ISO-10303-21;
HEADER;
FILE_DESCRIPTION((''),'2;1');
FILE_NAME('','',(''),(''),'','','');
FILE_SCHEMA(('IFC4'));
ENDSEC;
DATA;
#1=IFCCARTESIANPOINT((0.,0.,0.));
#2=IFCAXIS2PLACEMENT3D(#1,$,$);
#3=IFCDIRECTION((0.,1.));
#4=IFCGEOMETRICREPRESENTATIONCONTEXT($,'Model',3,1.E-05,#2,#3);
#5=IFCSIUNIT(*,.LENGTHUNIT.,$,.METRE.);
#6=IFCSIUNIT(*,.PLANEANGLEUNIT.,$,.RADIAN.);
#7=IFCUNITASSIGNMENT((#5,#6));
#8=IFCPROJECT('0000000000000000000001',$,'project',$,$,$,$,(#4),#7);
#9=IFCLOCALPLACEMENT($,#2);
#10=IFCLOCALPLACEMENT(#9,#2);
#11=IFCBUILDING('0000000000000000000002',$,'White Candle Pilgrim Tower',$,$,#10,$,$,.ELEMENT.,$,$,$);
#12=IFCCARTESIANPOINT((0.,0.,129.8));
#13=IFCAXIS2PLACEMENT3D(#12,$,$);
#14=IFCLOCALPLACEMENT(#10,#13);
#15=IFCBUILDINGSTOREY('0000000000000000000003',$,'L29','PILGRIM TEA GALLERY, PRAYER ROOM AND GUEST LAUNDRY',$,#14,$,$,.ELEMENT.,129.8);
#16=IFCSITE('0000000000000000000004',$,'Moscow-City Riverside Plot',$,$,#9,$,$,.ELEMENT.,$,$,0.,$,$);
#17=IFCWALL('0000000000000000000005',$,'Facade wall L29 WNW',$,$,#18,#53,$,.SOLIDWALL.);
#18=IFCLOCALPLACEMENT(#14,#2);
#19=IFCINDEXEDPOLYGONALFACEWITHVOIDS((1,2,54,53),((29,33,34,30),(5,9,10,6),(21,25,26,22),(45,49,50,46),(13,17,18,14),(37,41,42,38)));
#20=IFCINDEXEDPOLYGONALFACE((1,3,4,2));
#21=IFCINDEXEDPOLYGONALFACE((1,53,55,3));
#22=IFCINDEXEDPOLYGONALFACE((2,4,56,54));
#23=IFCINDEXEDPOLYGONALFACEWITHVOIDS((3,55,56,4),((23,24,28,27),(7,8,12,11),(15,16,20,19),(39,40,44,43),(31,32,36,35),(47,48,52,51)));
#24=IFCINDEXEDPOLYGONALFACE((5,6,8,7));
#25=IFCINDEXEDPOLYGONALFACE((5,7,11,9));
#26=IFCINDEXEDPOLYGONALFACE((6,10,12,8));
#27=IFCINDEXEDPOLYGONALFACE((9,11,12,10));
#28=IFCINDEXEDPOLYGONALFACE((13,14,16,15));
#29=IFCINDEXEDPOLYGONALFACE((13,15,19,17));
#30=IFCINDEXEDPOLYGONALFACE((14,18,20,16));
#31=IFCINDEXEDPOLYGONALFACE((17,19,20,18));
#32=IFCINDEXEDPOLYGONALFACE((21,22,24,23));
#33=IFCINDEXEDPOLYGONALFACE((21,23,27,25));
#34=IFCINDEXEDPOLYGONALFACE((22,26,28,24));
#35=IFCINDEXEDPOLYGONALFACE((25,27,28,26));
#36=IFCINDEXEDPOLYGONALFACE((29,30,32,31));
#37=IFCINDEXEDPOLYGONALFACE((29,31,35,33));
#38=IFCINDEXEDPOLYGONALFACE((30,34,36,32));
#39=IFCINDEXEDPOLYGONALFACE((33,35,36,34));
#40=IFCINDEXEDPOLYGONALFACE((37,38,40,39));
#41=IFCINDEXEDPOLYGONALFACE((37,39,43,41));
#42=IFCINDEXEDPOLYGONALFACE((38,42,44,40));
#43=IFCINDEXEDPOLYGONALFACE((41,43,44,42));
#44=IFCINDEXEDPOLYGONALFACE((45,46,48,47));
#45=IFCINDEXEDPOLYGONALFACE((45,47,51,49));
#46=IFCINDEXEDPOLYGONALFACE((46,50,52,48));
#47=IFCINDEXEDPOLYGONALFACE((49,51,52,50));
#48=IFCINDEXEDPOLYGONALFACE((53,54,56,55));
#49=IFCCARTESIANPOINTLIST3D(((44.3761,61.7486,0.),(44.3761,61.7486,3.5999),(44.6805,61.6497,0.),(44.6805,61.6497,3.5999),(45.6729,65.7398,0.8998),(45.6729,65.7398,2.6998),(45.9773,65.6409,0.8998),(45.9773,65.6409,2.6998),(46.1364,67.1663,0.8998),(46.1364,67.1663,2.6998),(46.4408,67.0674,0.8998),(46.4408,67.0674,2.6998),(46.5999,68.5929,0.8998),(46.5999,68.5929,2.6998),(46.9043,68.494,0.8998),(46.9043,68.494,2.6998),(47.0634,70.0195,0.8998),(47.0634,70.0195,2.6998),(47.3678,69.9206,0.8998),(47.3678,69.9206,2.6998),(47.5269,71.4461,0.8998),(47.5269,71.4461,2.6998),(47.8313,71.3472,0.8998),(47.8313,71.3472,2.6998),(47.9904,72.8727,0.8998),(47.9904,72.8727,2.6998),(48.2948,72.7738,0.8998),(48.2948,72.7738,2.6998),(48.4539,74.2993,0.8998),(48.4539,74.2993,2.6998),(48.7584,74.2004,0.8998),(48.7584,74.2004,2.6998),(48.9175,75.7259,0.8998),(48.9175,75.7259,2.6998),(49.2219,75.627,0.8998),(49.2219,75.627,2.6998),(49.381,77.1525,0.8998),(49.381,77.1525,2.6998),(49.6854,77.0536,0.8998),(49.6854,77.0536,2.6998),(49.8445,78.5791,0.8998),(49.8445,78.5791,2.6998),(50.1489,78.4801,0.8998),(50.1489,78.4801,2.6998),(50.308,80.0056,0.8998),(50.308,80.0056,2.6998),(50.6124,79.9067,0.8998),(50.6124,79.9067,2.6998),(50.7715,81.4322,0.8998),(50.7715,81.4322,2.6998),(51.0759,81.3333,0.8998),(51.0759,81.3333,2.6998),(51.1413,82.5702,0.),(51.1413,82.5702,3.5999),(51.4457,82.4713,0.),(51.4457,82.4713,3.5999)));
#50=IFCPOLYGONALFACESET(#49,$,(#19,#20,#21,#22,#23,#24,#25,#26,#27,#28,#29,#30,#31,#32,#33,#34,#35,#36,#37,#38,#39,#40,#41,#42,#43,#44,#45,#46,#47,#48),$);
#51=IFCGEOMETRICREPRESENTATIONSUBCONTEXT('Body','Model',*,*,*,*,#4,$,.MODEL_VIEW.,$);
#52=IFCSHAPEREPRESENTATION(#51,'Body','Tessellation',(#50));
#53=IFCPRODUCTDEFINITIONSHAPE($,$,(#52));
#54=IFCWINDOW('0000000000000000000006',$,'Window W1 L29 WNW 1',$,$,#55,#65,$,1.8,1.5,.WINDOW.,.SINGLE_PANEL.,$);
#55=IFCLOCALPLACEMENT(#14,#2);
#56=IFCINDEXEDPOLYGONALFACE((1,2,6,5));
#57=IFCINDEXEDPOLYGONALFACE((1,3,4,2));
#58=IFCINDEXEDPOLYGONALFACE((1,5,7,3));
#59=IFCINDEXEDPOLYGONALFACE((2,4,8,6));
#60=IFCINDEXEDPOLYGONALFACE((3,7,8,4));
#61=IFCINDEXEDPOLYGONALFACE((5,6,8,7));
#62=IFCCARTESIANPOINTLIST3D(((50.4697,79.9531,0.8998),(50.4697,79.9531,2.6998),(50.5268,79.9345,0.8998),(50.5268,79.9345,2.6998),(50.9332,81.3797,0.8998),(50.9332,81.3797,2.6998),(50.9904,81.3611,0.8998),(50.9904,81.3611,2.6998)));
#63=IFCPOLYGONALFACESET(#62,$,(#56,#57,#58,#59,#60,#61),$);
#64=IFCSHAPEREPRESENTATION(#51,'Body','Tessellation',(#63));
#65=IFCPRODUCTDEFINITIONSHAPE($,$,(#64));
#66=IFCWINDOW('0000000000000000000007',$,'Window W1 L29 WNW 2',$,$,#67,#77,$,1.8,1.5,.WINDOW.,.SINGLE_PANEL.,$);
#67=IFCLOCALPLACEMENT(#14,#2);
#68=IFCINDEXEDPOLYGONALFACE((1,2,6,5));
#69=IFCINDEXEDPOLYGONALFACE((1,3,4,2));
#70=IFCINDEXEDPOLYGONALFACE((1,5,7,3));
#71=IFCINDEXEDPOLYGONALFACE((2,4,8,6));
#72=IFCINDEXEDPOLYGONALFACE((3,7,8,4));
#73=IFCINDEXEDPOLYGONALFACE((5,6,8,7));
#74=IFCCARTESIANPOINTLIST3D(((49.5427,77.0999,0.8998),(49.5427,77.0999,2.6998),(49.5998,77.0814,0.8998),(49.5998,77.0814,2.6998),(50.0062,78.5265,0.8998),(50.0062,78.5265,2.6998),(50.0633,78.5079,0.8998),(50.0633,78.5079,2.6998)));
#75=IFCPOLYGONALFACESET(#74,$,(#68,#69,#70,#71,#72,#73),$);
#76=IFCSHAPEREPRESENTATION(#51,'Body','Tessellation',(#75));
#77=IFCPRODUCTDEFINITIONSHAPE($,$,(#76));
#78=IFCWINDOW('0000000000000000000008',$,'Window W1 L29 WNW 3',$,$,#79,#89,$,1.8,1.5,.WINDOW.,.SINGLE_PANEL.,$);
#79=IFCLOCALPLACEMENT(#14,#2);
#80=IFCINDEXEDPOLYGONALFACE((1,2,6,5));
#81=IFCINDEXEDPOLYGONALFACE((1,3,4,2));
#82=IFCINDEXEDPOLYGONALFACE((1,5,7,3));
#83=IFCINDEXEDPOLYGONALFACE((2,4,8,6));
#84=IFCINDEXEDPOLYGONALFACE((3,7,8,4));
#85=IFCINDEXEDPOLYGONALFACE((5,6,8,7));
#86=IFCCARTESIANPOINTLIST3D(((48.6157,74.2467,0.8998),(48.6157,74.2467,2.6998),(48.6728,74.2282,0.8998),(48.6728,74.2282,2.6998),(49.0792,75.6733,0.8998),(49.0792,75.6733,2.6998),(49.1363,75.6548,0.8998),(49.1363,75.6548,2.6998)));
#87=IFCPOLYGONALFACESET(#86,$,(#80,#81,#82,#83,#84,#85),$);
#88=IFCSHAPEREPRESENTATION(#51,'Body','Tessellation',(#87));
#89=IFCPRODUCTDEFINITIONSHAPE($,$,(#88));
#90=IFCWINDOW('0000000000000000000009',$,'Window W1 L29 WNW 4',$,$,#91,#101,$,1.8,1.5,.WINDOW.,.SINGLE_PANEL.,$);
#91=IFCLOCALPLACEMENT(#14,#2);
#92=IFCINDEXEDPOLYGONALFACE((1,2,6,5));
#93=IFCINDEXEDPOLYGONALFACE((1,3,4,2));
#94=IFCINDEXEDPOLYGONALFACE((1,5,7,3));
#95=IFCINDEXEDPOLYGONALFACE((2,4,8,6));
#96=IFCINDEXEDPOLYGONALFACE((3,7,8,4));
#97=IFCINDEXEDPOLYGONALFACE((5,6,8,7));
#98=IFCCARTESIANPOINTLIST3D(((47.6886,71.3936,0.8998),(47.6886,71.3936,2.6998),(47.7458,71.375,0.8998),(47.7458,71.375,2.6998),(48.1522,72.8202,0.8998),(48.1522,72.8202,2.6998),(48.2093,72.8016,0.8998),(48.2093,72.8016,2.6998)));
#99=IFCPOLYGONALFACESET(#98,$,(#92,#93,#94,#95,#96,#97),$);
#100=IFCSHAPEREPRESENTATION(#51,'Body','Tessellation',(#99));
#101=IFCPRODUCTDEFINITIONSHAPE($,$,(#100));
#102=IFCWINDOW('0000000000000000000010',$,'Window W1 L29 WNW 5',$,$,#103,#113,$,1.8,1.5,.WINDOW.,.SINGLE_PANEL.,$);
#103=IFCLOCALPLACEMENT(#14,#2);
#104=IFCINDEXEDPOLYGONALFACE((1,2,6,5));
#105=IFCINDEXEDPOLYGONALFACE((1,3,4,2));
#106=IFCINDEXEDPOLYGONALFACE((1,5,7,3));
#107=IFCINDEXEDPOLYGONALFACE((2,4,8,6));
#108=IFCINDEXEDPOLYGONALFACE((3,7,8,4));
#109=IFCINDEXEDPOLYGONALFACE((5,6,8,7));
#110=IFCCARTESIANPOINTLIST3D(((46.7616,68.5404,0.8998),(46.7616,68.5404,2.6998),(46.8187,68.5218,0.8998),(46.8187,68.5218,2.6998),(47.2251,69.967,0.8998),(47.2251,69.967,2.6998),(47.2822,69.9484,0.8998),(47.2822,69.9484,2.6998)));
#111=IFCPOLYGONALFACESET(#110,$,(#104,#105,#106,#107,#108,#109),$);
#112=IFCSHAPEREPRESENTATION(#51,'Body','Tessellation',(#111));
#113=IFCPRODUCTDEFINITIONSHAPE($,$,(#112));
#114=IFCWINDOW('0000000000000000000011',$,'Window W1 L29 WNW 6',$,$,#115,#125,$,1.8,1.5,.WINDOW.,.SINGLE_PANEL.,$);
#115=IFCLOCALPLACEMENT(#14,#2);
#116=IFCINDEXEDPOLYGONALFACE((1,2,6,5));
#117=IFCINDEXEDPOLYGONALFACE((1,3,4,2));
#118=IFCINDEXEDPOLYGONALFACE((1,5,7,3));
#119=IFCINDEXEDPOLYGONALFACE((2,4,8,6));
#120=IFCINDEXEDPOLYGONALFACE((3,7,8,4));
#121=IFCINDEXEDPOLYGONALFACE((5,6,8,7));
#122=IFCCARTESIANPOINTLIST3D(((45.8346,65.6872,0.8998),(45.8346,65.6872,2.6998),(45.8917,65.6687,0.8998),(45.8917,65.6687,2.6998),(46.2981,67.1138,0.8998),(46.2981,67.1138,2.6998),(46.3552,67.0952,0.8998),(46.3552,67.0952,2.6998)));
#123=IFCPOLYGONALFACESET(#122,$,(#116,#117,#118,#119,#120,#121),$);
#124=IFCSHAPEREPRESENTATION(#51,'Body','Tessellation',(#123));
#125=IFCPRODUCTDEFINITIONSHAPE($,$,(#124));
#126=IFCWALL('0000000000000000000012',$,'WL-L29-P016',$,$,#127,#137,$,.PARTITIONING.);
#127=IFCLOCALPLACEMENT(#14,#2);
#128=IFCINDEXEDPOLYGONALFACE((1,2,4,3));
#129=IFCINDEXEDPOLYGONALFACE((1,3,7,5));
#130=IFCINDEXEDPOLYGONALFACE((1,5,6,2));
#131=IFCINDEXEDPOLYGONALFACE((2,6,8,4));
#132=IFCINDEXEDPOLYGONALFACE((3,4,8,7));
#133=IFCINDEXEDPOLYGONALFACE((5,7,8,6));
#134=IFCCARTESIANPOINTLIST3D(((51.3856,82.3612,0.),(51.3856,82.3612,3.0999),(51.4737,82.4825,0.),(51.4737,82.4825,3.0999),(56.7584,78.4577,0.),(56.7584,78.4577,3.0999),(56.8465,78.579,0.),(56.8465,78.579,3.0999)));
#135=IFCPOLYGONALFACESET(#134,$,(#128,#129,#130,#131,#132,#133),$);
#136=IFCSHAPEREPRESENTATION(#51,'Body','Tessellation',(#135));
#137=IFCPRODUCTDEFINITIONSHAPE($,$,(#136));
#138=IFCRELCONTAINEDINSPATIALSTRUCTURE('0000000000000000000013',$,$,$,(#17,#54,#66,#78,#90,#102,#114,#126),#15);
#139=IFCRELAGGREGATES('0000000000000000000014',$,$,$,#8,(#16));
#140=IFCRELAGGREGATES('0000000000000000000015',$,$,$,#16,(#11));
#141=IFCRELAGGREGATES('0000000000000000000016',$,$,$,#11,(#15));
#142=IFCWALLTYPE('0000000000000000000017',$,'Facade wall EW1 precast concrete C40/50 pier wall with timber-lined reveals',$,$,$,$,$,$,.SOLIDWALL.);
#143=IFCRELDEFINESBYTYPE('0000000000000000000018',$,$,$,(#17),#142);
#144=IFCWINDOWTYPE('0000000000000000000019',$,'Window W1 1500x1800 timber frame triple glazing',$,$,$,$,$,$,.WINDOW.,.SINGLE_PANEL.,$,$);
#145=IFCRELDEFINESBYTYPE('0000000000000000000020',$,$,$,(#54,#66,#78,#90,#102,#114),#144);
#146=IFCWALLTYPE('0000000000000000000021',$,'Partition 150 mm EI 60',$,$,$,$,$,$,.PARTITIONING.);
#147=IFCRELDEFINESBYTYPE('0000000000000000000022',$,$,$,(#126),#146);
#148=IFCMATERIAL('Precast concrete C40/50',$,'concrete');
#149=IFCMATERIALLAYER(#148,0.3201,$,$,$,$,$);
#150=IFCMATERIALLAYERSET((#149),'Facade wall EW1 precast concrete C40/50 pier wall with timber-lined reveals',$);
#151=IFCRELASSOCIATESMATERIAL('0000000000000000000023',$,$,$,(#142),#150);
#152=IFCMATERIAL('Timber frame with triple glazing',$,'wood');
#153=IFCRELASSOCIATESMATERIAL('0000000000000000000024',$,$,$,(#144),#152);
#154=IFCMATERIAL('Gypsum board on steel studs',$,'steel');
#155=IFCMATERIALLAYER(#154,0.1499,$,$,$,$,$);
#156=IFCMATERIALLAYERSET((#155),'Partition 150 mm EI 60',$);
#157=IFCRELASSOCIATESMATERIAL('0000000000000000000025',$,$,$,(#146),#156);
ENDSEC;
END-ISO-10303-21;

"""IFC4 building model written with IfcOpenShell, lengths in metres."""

from ifc_helpers import new_model, si_unit, direction, frame, frame_2d, origin, place, context, subcontext, project, spatial, rectangle, extrude, material, layer, layer_set, type_object, element, fill, save


model = new_model("IFC4")

# Units and contexts
model_context = context("Model", 3, precision=1e-05, world=origin(), true_north=direction((0.0, 1.0)))
body_context = subcontext(model_context, "Body", "Model", "MODEL_VIEW")
ifc_project = project(units=[si_unit("LENGTHUNIT", "METRE"), si_unit("PLANEANGLEUNIT", "RADIAN")], contexts=[model_context])

# Site, building, storey
site_placement = place(None, origin())
site = spatial("IfcSite", under=ifc_project, at=site_placement, Name="Moscow-City Riverside Plot", CompositionType="ELEMENT", RefElevation=0.0)
building_placement = place(site_placement, origin())
building = spatial("IfcBuilding", under=site, at=building_placement, Name="White Candle Pilgrim Tower", CompositionType="ELEMENT")
storey_placement = place(building_placement, frame((0.0, 0.0, 129.8)))
storey = spatial("IfcBuildingStorey", under=building, at=storey_placement, Name="L29", Description="PILGRIM TEA GALLERY, PRAYER ROOM AND GUEST LAUNDRY", CompositionType="ELEMENT", Elevation=129.8)

# Shared definitions
ifc_material_1 = material(Name="Precast concrete C40/50", Category="concrete")
ifc_layer_1 = layer(ifc_material_1, 0.3201)
ifc_layer_set_1 = layer_set([ifc_layer_1], Name="Facade wall EW1 precast concrete C40/50 pier wall with timber-lined reveals")
wall_type_1 = type_object("IfcWallType", Name="Facade wall EW1 precast concrete C40/50 pier wall with timber-lined reveals", PredefinedType="SOLIDWALL", material=ifc_layer_set_1)

# Wall, openings, windows
ifc_material_2 = material(Name="Timber frame with triple glazing", Category="wood")
wall_1_placement = place(storey_placement, frame((51.2935, 82.5208, 0.0), z_axis=(0.0, 0.0, 1.0), x_axis=(-0.309009, -0.951059, 0.0)))
wall_1 = element("IfcWall", 1, at=wall_1_placement, inside=storey, type_object=wall_type_1, Name="Facade wall L29 WNW", PredefinedType="SOLIDWALL", context=body_context, shape_type="SweptSolid", body=[
    extrude(rectangle(XDim=21.8931, YDim=0.3201, at=frame_2d((10.9465, 0.0))), origin(), (0.0, 0.0, 1.0), 3.5999),
])
opening_1_placement = place(wall_1_placement, frame((1.1965, 0.0, 0.8999)))
opening_1 = element("IfcOpeningElement", 2, at=opening_1_placement, cuts=wall_1, PredefinedType="OPENING", context=body_context, shape_type="SweptSolid", body=[
    extrude(rectangle(XDim=1.5, YDim=1.8, at=frame_2d((0.75, 0.8999))), frame((0.0, 0.1699, 0.0), z_axis=(0.0, -1.0, 0.0), x_axis=(1.0, 0.0, 0.0)), (0.0, 0.0, 1.0), 0.3401),
])
opening_2_placement = place(wall_1_placement, frame((4.1965, 0.0, 0.8999)))
opening_2 = element("IfcOpeningElement", 3, at=opening_2_placement, cuts=wall_1, PredefinedType="OPENING", context=body_context, shape_type="SweptSolid", body=[
    extrude(rectangle(XDim=1.5, YDim=1.8, at=frame_2d((0.75, 0.8999))), frame((0.0, 0.1699, 0.0), z_axis=(0.0, -1.0, 0.0), x_axis=(1.0, 0.0, 0.0)), (0.0, 0.0, 1.0), 0.3401),
])
opening_3_placement = place(wall_1_placement, frame((7.1965, 0.0, 0.8999)))
opening_3 = element("IfcOpeningElement", 4, at=opening_3_placement, cuts=wall_1, PredefinedType="OPENING", context=body_context, shape_type="SweptSolid", body=[
    extrude(rectangle(XDim=1.5, YDim=1.8, at=frame_2d((0.75, 0.8999))), frame((0.0, 0.1699, 0.0), z_axis=(0.0, -1.0, 0.0), x_axis=(1.0, 0.0, 0.0)), (0.0, 0.0, 1.0), 0.3401),
])
opening_4_placement = place(wall_1_placement, frame((10.1965, 0.0, 0.8999)))
opening_4 = element("IfcOpeningElement", 5, at=opening_4_placement, cuts=wall_1, PredefinedType="OPENING", context=body_context, shape_type="SweptSolid", body=[
    extrude(rectangle(XDim=1.5, YDim=1.8, at=frame_2d((0.75, 0.8999))), frame((0.0, 0.1699, 0.0), z_axis=(0.0, -1.0, 0.0), x_axis=(1.0, 0.0, 0.0)), (0.0, 0.0, 1.0), 0.3401),
])
opening_5_placement = place(wall_1_placement, frame((13.1965, 0.0, 0.8999)))
opening_5 = element("IfcOpeningElement", 6, at=opening_5_placement, cuts=wall_1, PredefinedType="OPENING", context=body_context, shape_type="SweptSolid", body=[
    extrude(rectangle(XDim=1.5, YDim=1.8, at=frame_2d((0.75, 0.8999))), frame((0.0, 0.1699, 0.0), z_axis=(0.0, -1.0, 0.0), x_axis=(1.0, 0.0, 0.0)), (0.0, 0.0, 1.0), 0.3401),
])
opening_6_placement = place(wall_1_placement, frame((16.1965, 0.0, 0.8999)))
opening_6 = element("IfcOpeningElement", 7, at=opening_6_placement, cuts=wall_1, PredefinedType="OPENING", context=body_context, shape_type="SweptSolid", body=[
    extrude(rectangle(XDim=1.5, YDim=1.8, at=frame_2d((0.75, 0.8999))), frame((0.0, 0.1699, 0.0), z_axis=(0.0, -1.0, 0.0), x_axis=(1.0, 0.0, 0.0)), (0.0, 0.0, 1.0), 0.3401),
])
window_type_1 = type_object("IfcWindowType", Name="Window W1 1500x1800 timber frame triple glazing", PartitioningType="SINGLE_PANEL", PredefinedType="WINDOW", material=ifc_material_2)
window_1_placement = place(opening_1_placement, origin())
window_1 = element("IfcWindow", 8, at=window_1_placement, inside=storey, type_object=window_type_1, Name="Window W1 L29 WNW 1", OverallHeight=1.8, OverallWidth=1.5, PartitioningType="SINGLE_PANEL", PredefinedType="WINDOW", context=body_context, shape_type="SweptSolid", body=[
    extrude(rectangle(XDim=1.5, YDim=1.8, at=frame_2d((0.75, 0.8999))), frame((0.0, 0.0701, 0.0), z_axis=(0.0, -1.0, 0.0), x_axis=(1.0, 0.0, 0.0)), (0.0, 0.0, 1.0), 0.0601),
])
fill(opening_1, window_1)
window_2_placement = place(opening_2_placement, origin())
window_2 = element("IfcWindow", 9, at=window_2_placement, inside=storey, type_object=window_type_1, Name="Window W1 L29 WNW 2", OverallHeight=1.8, OverallWidth=1.5, PartitioningType="SINGLE_PANEL", PredefinedType="WINDOW", context=body_context, shape_type="SweptSolid", body=[
    extrude(rectangle(XDim=1.5, YDim=1.8, at=frame_2d((0.75, 0.8999))), frame((0.0, 0.0701, 0.0), z_axis=(0.0, -1.0, 0.0), x_axis=(1.0, 0.0, 0.0)), (0.0, 0.0, 1.0), 0.0601),
])
fill(opening_2, window_2)
window_3_placement = place(opening_3_placement, origin())
window_3 = element("IfcWindow", 10, at=window_3_placement, inside=storey, type_object=window_type_1, Name="Window W1 L29 WNW 3", OverallHeight=1.8, OverallWidth=1.5, PartitioningType="SINGLE_PANEL", PredefinedType="WINDOW", context=body_context, shape_type="SweptSolid", body=[
    extrude(rectangle(XDim=1.5, YDim=1.8, at=frame_2d((0.75, 0.8999))), frame((0.0, 0.0701, 0.0), z_axis=(0.0, -1.0, 0.0), x_axis=(1.0, 0.0, 0.0)), (0.0, 0.0, 1.0), 0.0601),
])
fill(opening_3, window_3)
window_4_placement = place(opening_4_placement, origin())
window_4 = element("IfcWindow", 11, at=window_4_placement, inside=storey, type_object=window_type_1, Name="Window W1 L29 WNW 4", OverallHeight=1.8, OverallWidth=1.5, PartitioningType="SINGLE_PANEL", PredefinedType="WINDOW", context=body_context, shape_type="SweptSolid", body=[
    extrude(rectangle(XDim=1.5, YDim=1.8, at=frame_2d((0.75, 0.8999))), frame((0.0, 0.0701, 0.0), z_axis=(0.0, -1.0, 0.0), x_axis=(1.0, 0.0, 0.0)), (0.0, 0.0, 1.0), 0.0601),
])
fill(opening_4, window_4)
window_5_placement = place(opening_5_placement, origin())
window_5 = element("IfcWindow", 12, at=window_5_placement, inside=storey, type_object=window_type_1, Name="Window W1 L29 WNW 5", OverallHeight=1.8, OverallWidth=1.5, PartitioningType="SINGLE_PANEL", PredefinedType="WINDOW", context=body_context, shape_type="SweptSolid", body=[
    extrude(rectangle(XDim=1.5, YDim=1.8, at=frame_2d((0.75, 0.8999))), frame((0.0, 0.0701, 0.0), z_axis=(0.0, -1.0, 0.0), x_axis=(1.0, 0.0, 0.0)), (0.0, 0.0, 1.0), 0.0601),
])
fill(opening_5, window_5)
window_6_placement = place(opening_6_placement, origin())
window_6 = element("IfcWindow", 13, at=window_6_placement, inside=storey, type_object=window_type_1, Name="Window W1 L29 WNW 6", OverallHeight=1.8, OverallWidth=1.5, PartitioningType="SINGLE_PANEL", PredefinedType="WINDOW", context=body_context, shape_type="SweptSolid", body=[
    extrude(rectangle(XDim=1.5, YDim=1.8, at=frame_2d((0.75, 0.8999))), frame((0.0, 0.0701, 0.0), z_axis=(0.0, -1.0, 0.0), x_axis=(1.0, 0.0, 0.0)), (0.0, 0.0, 1.0), 0.0601),
])
fill(opening_6, window_6)

# Wall
ifc_material_3 = material(Name="Gypsum board on steel studs", Category="steel")
ifc_layer_2 = layer(ifc_material_3, 0.1499)
ifc_layer_set_2 = layer_set([ifc_layer_2], Name="Partition 150 mm EI 60")
wall_type_2 = type_object("IfcWallType", Name="Partition 150 mm EI 60", PredefinedType="PARTITIONING", material=ifc_layer_set_2)
wall_2_placement = place(storey_placement, frame((51.4297, 82.4219, 0.0), z_axis=(0.0, 0.0, 1.0), x_axis=(0.809017, -0.587785, 0.0)))
element("IfcWall", 14, at=wall_2_placement, inside=storey, type_object=wall_type_2, Name="WL-L29-P016", PredefinedType="PARTITIONING", context=body_context, shape_type="SweptSolid", body=[
    extrude(rectangle(XDim=6.6411, YDim=0.1499, at=frame_2d((3.3206, 0.0))), origin(), (0.0, 0.0, 1.0), 3.0999),
])

save(model, "model.ifc")
